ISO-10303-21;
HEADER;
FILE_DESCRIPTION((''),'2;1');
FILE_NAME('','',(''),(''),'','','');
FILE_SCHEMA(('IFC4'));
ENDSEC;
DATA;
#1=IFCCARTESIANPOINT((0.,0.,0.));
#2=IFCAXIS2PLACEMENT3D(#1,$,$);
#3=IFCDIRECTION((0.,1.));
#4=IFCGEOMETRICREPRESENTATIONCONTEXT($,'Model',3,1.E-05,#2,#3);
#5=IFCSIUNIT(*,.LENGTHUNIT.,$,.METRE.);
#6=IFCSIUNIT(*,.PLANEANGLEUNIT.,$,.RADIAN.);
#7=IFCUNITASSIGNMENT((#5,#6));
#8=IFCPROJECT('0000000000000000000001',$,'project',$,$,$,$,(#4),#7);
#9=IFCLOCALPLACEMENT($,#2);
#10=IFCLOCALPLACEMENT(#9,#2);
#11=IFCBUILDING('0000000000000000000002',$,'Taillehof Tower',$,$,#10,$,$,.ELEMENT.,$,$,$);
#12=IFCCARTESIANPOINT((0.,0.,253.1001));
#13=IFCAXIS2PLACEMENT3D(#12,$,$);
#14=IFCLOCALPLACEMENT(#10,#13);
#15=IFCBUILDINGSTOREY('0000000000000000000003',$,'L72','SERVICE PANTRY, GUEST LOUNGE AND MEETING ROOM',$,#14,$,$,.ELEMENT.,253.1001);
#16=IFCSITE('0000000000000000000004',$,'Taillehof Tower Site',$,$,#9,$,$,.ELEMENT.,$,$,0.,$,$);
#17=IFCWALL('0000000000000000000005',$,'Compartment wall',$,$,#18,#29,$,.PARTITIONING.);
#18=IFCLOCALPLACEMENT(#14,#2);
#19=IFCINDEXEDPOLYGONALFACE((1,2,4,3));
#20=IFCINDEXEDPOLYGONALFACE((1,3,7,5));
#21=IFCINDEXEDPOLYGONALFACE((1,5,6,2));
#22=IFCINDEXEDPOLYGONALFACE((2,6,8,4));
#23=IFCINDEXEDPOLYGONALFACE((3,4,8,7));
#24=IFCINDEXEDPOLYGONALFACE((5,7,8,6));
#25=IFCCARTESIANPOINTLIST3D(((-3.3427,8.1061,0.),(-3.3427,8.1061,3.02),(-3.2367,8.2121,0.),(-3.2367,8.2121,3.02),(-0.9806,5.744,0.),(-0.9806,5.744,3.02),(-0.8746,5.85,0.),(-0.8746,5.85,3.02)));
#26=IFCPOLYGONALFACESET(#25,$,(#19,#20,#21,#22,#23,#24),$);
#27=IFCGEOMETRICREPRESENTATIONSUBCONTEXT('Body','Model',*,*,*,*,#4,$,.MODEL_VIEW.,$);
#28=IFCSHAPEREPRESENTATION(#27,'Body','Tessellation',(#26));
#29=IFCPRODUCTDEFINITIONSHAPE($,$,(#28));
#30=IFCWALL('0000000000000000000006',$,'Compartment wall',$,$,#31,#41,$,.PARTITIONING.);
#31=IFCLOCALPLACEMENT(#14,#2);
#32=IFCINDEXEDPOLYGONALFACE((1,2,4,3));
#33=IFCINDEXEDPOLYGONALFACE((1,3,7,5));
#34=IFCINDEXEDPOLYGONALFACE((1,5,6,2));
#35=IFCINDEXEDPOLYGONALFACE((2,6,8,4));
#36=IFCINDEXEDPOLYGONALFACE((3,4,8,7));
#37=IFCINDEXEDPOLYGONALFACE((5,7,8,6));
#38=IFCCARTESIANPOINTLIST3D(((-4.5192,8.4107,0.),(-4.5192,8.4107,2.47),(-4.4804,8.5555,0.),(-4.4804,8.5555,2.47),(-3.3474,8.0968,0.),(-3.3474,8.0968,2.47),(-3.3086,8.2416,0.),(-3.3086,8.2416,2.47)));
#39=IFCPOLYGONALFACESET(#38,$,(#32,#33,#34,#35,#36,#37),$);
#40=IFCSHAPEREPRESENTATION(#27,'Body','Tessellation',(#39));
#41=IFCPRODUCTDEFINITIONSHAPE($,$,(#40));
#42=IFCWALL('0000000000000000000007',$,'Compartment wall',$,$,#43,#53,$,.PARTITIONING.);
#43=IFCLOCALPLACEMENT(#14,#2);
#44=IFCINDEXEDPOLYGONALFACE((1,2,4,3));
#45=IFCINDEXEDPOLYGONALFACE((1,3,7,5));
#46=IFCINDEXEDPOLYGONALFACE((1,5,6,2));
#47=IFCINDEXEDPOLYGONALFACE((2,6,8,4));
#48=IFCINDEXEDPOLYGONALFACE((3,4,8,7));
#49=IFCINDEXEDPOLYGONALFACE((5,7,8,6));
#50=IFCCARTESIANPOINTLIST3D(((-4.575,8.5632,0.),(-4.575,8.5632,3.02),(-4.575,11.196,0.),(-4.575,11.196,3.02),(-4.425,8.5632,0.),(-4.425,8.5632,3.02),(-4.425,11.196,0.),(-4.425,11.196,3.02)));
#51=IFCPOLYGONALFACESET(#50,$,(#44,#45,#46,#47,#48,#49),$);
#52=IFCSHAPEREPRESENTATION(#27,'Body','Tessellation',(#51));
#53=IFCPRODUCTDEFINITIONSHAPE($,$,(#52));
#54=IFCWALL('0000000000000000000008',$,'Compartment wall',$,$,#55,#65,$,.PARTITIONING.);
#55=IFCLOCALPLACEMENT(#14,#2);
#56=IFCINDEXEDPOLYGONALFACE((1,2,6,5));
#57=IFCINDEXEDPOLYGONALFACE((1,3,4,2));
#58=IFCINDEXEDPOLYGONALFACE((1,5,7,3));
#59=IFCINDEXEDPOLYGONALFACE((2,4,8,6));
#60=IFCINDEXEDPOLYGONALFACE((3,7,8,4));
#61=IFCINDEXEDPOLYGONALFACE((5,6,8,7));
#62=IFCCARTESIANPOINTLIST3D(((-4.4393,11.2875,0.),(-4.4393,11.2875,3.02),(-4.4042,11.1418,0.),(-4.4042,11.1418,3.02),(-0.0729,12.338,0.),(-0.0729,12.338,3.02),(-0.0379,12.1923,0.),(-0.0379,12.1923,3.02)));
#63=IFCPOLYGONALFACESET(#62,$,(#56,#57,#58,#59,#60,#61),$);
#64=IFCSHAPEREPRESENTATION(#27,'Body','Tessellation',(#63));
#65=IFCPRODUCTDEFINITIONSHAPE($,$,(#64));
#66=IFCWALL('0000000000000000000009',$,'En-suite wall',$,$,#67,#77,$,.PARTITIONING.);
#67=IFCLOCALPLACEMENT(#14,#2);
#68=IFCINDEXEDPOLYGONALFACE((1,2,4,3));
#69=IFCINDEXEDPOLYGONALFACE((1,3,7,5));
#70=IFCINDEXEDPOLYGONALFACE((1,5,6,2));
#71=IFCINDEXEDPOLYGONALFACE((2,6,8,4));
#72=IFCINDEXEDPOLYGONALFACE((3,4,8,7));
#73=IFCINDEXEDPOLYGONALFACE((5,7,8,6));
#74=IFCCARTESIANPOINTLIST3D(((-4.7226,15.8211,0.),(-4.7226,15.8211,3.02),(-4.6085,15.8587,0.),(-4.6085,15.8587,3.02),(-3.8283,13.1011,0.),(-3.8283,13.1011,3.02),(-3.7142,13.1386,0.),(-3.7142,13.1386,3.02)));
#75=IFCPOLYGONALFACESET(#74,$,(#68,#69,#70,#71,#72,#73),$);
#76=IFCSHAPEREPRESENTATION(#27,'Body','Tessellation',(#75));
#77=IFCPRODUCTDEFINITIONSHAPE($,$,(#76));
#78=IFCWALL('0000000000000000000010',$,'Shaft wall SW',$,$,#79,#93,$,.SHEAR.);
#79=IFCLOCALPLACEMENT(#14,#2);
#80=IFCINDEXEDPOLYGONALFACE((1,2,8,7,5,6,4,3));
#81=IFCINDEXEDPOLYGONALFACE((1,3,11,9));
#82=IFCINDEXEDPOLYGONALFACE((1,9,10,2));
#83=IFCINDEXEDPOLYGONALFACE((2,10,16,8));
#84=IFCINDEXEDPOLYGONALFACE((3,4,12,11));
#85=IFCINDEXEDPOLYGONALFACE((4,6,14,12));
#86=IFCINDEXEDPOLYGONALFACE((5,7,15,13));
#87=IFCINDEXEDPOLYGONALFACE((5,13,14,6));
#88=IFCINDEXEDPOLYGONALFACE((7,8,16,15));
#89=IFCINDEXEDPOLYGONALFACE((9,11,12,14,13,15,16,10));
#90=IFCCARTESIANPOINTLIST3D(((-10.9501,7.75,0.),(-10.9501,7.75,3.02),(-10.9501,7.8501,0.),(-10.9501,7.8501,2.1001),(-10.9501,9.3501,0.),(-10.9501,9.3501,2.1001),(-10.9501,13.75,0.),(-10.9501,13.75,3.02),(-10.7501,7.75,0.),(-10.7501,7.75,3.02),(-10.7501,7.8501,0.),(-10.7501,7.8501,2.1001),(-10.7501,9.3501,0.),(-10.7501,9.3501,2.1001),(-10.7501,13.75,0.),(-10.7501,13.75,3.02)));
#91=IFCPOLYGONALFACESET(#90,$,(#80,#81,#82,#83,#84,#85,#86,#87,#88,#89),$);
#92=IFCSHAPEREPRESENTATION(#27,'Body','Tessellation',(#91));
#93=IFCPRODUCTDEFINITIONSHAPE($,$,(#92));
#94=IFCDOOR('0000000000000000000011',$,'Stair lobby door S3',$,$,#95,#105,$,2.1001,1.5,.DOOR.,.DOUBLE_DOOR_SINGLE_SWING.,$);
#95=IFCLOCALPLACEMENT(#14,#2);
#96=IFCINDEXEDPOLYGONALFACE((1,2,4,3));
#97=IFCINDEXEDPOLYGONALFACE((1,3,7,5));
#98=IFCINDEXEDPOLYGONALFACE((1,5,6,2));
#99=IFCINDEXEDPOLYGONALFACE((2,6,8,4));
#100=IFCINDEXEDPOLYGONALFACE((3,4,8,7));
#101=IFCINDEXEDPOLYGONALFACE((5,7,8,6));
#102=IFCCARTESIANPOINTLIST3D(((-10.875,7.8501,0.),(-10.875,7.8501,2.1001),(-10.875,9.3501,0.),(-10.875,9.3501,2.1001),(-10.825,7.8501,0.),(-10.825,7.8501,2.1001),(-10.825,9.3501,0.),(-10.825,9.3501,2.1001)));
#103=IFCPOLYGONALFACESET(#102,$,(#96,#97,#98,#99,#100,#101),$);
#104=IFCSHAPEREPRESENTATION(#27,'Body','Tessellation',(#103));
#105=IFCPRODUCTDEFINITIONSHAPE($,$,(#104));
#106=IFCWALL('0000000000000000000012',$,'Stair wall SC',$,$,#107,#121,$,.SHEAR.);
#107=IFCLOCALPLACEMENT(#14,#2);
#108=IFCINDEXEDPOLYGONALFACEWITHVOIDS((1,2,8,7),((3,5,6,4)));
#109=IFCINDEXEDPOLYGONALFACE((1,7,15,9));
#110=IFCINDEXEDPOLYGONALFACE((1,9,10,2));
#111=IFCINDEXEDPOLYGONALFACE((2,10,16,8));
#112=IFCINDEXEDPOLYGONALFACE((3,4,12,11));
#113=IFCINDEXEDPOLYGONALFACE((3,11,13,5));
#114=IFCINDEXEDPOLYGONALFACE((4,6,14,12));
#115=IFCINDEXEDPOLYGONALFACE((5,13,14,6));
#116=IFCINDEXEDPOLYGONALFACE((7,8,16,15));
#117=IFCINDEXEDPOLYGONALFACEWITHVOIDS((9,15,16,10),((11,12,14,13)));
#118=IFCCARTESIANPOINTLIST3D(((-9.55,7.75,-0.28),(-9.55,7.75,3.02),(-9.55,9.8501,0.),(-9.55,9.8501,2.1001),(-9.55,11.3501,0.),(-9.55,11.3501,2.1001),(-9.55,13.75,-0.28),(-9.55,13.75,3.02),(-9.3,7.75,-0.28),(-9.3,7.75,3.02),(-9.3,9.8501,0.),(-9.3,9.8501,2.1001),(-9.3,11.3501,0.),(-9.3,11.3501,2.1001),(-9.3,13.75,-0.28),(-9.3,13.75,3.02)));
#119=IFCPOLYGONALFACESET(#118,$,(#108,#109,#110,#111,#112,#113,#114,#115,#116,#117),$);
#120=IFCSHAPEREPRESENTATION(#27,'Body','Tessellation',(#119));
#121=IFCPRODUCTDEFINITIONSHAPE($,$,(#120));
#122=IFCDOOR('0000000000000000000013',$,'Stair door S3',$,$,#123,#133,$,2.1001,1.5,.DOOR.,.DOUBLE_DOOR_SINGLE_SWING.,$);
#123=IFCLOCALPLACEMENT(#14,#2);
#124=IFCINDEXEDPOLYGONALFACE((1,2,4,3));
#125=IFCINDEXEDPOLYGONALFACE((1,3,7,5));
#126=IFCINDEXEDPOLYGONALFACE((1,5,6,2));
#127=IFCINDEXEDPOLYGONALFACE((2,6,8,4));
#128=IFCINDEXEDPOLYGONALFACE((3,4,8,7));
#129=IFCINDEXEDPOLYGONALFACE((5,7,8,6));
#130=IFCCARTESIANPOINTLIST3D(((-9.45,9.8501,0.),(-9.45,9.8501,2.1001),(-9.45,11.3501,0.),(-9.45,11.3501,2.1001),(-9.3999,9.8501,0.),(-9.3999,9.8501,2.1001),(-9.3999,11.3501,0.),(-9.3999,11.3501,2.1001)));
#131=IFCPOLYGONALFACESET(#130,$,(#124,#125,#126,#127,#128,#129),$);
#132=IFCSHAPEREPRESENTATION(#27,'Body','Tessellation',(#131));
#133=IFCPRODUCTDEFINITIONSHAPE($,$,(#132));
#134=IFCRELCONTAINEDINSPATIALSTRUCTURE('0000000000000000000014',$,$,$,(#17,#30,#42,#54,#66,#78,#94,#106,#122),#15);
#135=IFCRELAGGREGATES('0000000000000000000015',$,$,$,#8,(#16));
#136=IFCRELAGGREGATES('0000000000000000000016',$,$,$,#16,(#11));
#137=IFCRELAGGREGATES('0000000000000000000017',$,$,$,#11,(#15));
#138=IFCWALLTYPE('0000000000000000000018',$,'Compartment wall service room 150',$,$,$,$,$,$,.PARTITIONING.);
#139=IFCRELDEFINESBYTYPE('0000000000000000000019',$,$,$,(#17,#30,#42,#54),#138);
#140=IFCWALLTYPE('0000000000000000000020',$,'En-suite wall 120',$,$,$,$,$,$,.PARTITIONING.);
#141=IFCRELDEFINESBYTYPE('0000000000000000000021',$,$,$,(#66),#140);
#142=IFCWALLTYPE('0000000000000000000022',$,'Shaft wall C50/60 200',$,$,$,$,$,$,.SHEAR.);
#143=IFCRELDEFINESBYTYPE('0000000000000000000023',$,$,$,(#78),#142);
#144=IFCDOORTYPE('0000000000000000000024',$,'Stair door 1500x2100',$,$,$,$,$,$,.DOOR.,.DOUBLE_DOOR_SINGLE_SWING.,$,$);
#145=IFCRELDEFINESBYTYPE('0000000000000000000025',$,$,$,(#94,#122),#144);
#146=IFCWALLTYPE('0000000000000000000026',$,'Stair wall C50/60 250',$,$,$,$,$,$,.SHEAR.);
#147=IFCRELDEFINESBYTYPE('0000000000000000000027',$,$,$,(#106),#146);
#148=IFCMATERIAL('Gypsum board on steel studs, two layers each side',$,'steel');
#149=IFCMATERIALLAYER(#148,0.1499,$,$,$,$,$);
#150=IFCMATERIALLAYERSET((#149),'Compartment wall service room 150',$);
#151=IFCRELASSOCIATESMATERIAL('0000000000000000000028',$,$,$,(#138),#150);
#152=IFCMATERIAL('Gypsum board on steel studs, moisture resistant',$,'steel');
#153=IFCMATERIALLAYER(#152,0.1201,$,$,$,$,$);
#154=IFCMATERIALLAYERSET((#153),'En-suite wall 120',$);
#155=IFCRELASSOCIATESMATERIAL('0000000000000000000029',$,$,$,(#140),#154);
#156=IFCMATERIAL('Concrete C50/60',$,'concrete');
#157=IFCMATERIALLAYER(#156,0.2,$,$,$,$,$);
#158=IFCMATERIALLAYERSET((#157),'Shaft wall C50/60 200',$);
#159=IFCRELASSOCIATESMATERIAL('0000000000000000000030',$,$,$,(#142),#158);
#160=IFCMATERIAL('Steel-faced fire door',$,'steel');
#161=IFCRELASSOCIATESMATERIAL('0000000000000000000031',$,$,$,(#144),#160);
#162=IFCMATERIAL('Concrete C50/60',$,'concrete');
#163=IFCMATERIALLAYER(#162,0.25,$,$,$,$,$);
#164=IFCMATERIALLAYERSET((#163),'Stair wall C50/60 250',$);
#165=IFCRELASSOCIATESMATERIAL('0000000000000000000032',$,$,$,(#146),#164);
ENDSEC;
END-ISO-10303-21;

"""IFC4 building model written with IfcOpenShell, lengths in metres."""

from ifc_helpers import new_model, si_unit, direction, frame, frame_2d, origin, place, context, subcontext, project, spatial, rectangle, extrude, material, layer, layer_set, type_object, element, fill, save


model = new_model("IFC4")

# Units and contexts
model_context = context("Model", 3, precision=1e-05, world=origin(), true_north=direction((0.0, 1.0)))
body_context = subcontext(model_context, "Body", "Model", "MODEL_VIEW")
ifc_project = project(units=[si_unit("LENGTHUNIT", "METRE"), si_unit("PLANEANGLEUNIT", "RADIAN")], contexts=[model_context])

# Site, building, storey
site_placement = place(None, origin())
site = spatial("IfcSite", under=ifc_project, at=site_placement, Name="Taillehof Tower Site", CompositionType="ELEMENT", RefElevation=0.0)
building_placement = place(site_placement, origin())
building = spatial("IfcBuilding", under=site, at=building_placement, Name="Taillehof Tower", CompositionType="ELEMENT")
storey_placement = place(building_placement, frame((0.0, 0.0, 253.1001)))
storey = spatial("IfcBuildingStorey", under=building, at=storey_placement, Name="L72", Description="SERVICE PANTRY, GUEST LOUNGE AND MEETING ROOM", CompositionType="ELEMENT", Elevation=253.1001)

# Walls
ifc_material_1 = material(Name="Gypsum board on steel studs, two layers each side", Category="steel")
ifc_layer_1 = layer(ifc_material_1, 0.1499)
ifc_layer_set_1 = layer_set([ifc_layer_1], Name="Compartment wall service room 150")
wall_type_1 = type_object("IfcWallType", Name="Compartment wall service room 150", PredefinedType="PARTITIONING", material=ifc_layer_set_1)
wall_1_placement = place(storey_placement, frame((-0.9275, 5.7969, 0.0), z_axis=(0.0, 0.0, 1.0), x_axis=(-0.707107, 0.707107, 0.0)))
element("IfcWall", 1, at=wall_1_placement, inside=storey, type_object=wall_type_1, Name="Compartment wall", PredefinedType="PARTITIONING", context=body_context, shape_type="SweptSolid", body=[
    extrude(rectangle(XDim=3.3406, YDim=0.1499, at=frame_2d((1.6704, 0.0))), origin(), (0.0, 0.0, 1.0), 3.02),
])
wall_2_placement = place(storey_placement, frame((-3.3281, 8.1692, 0.0), z_axis=(0.0, 0.0, 1.0), x_axis=(-0.965934, 0.25879, 0.0)))
element("IfcWall", 2, at=wall_2_placement, inside=storey, type_object=wall_type_1, Name="Compartment wall", PredefinedType="PARTITIONING", context=body_context, shape_type="SweptSolid", body=[
    extrude(rectangle(XDim=1.2131, YDim=0.1499, at=frame_2d((0.6064, 0.0))), origin(), (0.0, 0.0, 1.0), 2.47),
])
wall_3_placement = place(storey_placement, frame((-4.5, 8.5632, 0.0), z_axis=(0.0, 0.0, 1.0), x_axis=(0.0, 1.0, 0.0)))
element("IfcWall", 3, at=wall_3_placement, inside=storey, type_object=wall_type_1, Name="Compartment wall", PredefinedType="PARTITIONING", context=body_context, shape_type="SweptSolid", body=[
    extrude(rectangle(XDim=2.6328, YDim=0.1499, at=frame_2d((1.3164, 0.0))), origin(), (0.0, 0.0, 1.0), 3.02),
])
wall_4_placement = place(storey_placement, frame((-4.4219, 11.2146, 0.0), z_axis=(0.0, 0.0, 1.0), x_axis=(0.972256, 0.233918, 0.0)))
element("IfcWall", 4, at=wall_4_placement, inside=storey, type_object=wall_type_1, Name="Compartment wall", PredefinedType="PARTITIONING", context=body_context, shape_type="SweptSolid", body=[
    extrude(rectangle(XDim=4.491, YDim=0.1499, at=frame_2d((2.2456, 0.0))), origin(), (0.0, 0.0, 1.0), 3.02),
])
ifc_material_2 = material(Name="Gypsum board on steel studs, moisture resistant", Category="steel")
ifc_layer_2 = layer(ifc_material_2, 0.1201)
ifc_layer_set_2 = layer_set([ifc_layer_2], Name="En-suite wall 120")
wall_type_2 = type_object("IfcWallType", Name="En-suite wall 120", PredefinedType="PARTITIONING", material=ifc_layer_set_2)
wall_5_placement = place(storey_placement, frame((-3.7712, 13.1199, 0.0), z_axis=(0.0, 0.0, 1.0), x_axis=(-0.312337, 0.949971, 0.0)))
element("IfcWall", 5, at=wall_5_placement, inside=storey, type_object=wall_type_2, Name="En-suite wall", PredefinedType="PARTITIONING", context=body_context, shape_type="SweptSolid", body=[
    extrude(rectangle(XDim=2.8633, YDim=0.1201, at=frame_2d((1.4316, 0.0))), origin(), (0.0, 0.0, 1.0), 3.02),
])

# Walls, openings, doors
ifc_material_3 = material(Name="Concrete C50/60", Category="concrete")
ifc_layer_3 = layer(ifc_material_3, 0.2)
ifc_layer_set_3 = layer_set([ifc_layer_3], Name="Shaft wall C50/60 200")
wall_type_3 = type_object("IfcWallType", Name="Shaft wall C50/60 200", PredefinedType="SHEAR", material=ifc_layer_set_3)
wall_6_placement = place(storey_placement, frame((-10.8501, 7.75, 0.0), z_axis=(0.0, 0.0, 1.0), x_axis=(0.0, 1.0, 0.0)))
wall_6 = element("IfcWall", 6, at=wall_6_placement, inside=storey, type_object=wall_type_3, Name="Shaft wall SW", PredefinedType="SHEAR", context=body_context, shape_type="SweptSolid", body=[
    extrude(rectangle(XDim=6.0, YDim=0.2, at=frame_2d((3.0, 0.0))), origin(), (0.0, 0.0, 1.0), 3.02),
])
opening_1_placement = place(wall_6_placement, frame((0.1001, 0.0, 0.0)))
opening_1 = element("IfcOpeningElement", 7, at=opening_1_placement, cuts=wall_6, PredefinedType="OPENING", context=body_context, shape_type="SweptSolid", body=[
    extrude(rectangle(XDim=1.5, YDim=2.1001, at=frame_2d((0.75, 1.05))), frame((0.0, 0.1099, 0.0), z_axis=(0.0, -1.0, 0.0), x_axis=(1.0, 0.0, 0.0)), (0.0, 0.0, 1.0), 0.22),
])
ifc_material_4 = material(Name="Steel-faced fire door", Category="steel")
door_type_1 = type_object("IfcDoorType", Name="Stair door 1500x2100", OperationType="DOUBLE_DOOR_SINGLE_SWING", PredefinedType="DOOR", material=ifc_material_4)
door_1_placement = place(opening_1_placement, origin())
door_1 = element("IfcDoor", 8, at=door_1_placement, inside=storey, type_object=door_type_1, Name="Stair lobby door S3", OperationType="DOUBLE_DOOR_SINGLE_SWING", OverallHeight=2.1001, OverallWidth=1.5, PredefinedType="DOOR", context=body_context, shape_type="SweptSolid", body=[
    extrude(rectangle(XDim=1.5, YDim=2.1001, at=frame_2d((0.75, 1.05))), frame((0.0, 0.0249, 0.0), z_axis=(0.0, -1.0, 0.0), x_axis=(1.0, 0.0, 0.0)), (0.0, 0.0, 1.0), 0.05),
])
fill(opening_1, door_1)
ifc_material_5 = material(Name="Concrete C50/60", Category="concrete")
ifc_layer_4 = layer(ifc_material_5, 0.25)
ifc_layer_set_4 = layer_set([ifc_layer_4], Name="Stair wall C50/60 250")
wall_type_4 = type_object("IfcWallType", Name="Stair wall C50/60 250", PredefinedType="SHEAR", material=ifc_layer_set_4)
wall_7_placement = place(storey_placement, frame((-9.425, 7.75, -0.28), z_axis=(0.0, 0.0, 1.0), x_axis=(0.0, 1.0, 0.0)))
wall_7 = element("IfcWall", 9, at=wall_7_placement, inside=storey, type_object=wall_type_4, Name="Stair wall SC", PredefinedType="SHEAR", context=body_context, shape_type="SweptSolid", body=[
    extrude(rectangle(XDim=6.0, YDim=0.25, at=frame_2d((3.0, 0.0))), origin(), (0.0, 0.0, 1.0), 3.3),
])
opening_2_placement = place(wall_7_placement, frame((2.1001, 0.0, 0.28)))
opening_2 = element("IfcOpeningElement", 10, at=opening_2_placement, cuts=wall_7, PredefinedType="OPENING", context=body_context, shape_type="SweptSolid", body=[
    extrude(rectangle(XDim=1.5, YDim=2.1001, at=frame_2d((0.75, 1.05))), frame((0.0, 0.135, 0.0), z_axis=(0.0, -1.0, 0.0), x_axis=(1.0, 0.0, 0.0)), (0.0, 0.0, 1.0), 0.27),
])
door_2_placement = place(opening_2_placement, origin())
door_2 = element("IfcDoor", 11, at=door_2_placement, inside=storey, type_object=door_type_1, Name="Stair door S3", OperationType="DOUBLE_DOOR_SINGLE_SWING", OverallHeight=2.1001, OverallWidth=1.5, PredefinedType="DOOR", context=body_context, shape_type="SweptSolid", body=[
    extrude(rectangle(XDim=1.5, YDim=2.1001, at=frame_2d((0.75, 1.05))), frame((0.0, 0.0249, 0.0), z_axis=(0.0, -1.0, 0.0), x_axis=(1.0, 0.0, 0.0)), (0.0, 0.0, 1.0), 0.05),
])
fill(opening_2, door_2)

save(model, "model.ifc")
